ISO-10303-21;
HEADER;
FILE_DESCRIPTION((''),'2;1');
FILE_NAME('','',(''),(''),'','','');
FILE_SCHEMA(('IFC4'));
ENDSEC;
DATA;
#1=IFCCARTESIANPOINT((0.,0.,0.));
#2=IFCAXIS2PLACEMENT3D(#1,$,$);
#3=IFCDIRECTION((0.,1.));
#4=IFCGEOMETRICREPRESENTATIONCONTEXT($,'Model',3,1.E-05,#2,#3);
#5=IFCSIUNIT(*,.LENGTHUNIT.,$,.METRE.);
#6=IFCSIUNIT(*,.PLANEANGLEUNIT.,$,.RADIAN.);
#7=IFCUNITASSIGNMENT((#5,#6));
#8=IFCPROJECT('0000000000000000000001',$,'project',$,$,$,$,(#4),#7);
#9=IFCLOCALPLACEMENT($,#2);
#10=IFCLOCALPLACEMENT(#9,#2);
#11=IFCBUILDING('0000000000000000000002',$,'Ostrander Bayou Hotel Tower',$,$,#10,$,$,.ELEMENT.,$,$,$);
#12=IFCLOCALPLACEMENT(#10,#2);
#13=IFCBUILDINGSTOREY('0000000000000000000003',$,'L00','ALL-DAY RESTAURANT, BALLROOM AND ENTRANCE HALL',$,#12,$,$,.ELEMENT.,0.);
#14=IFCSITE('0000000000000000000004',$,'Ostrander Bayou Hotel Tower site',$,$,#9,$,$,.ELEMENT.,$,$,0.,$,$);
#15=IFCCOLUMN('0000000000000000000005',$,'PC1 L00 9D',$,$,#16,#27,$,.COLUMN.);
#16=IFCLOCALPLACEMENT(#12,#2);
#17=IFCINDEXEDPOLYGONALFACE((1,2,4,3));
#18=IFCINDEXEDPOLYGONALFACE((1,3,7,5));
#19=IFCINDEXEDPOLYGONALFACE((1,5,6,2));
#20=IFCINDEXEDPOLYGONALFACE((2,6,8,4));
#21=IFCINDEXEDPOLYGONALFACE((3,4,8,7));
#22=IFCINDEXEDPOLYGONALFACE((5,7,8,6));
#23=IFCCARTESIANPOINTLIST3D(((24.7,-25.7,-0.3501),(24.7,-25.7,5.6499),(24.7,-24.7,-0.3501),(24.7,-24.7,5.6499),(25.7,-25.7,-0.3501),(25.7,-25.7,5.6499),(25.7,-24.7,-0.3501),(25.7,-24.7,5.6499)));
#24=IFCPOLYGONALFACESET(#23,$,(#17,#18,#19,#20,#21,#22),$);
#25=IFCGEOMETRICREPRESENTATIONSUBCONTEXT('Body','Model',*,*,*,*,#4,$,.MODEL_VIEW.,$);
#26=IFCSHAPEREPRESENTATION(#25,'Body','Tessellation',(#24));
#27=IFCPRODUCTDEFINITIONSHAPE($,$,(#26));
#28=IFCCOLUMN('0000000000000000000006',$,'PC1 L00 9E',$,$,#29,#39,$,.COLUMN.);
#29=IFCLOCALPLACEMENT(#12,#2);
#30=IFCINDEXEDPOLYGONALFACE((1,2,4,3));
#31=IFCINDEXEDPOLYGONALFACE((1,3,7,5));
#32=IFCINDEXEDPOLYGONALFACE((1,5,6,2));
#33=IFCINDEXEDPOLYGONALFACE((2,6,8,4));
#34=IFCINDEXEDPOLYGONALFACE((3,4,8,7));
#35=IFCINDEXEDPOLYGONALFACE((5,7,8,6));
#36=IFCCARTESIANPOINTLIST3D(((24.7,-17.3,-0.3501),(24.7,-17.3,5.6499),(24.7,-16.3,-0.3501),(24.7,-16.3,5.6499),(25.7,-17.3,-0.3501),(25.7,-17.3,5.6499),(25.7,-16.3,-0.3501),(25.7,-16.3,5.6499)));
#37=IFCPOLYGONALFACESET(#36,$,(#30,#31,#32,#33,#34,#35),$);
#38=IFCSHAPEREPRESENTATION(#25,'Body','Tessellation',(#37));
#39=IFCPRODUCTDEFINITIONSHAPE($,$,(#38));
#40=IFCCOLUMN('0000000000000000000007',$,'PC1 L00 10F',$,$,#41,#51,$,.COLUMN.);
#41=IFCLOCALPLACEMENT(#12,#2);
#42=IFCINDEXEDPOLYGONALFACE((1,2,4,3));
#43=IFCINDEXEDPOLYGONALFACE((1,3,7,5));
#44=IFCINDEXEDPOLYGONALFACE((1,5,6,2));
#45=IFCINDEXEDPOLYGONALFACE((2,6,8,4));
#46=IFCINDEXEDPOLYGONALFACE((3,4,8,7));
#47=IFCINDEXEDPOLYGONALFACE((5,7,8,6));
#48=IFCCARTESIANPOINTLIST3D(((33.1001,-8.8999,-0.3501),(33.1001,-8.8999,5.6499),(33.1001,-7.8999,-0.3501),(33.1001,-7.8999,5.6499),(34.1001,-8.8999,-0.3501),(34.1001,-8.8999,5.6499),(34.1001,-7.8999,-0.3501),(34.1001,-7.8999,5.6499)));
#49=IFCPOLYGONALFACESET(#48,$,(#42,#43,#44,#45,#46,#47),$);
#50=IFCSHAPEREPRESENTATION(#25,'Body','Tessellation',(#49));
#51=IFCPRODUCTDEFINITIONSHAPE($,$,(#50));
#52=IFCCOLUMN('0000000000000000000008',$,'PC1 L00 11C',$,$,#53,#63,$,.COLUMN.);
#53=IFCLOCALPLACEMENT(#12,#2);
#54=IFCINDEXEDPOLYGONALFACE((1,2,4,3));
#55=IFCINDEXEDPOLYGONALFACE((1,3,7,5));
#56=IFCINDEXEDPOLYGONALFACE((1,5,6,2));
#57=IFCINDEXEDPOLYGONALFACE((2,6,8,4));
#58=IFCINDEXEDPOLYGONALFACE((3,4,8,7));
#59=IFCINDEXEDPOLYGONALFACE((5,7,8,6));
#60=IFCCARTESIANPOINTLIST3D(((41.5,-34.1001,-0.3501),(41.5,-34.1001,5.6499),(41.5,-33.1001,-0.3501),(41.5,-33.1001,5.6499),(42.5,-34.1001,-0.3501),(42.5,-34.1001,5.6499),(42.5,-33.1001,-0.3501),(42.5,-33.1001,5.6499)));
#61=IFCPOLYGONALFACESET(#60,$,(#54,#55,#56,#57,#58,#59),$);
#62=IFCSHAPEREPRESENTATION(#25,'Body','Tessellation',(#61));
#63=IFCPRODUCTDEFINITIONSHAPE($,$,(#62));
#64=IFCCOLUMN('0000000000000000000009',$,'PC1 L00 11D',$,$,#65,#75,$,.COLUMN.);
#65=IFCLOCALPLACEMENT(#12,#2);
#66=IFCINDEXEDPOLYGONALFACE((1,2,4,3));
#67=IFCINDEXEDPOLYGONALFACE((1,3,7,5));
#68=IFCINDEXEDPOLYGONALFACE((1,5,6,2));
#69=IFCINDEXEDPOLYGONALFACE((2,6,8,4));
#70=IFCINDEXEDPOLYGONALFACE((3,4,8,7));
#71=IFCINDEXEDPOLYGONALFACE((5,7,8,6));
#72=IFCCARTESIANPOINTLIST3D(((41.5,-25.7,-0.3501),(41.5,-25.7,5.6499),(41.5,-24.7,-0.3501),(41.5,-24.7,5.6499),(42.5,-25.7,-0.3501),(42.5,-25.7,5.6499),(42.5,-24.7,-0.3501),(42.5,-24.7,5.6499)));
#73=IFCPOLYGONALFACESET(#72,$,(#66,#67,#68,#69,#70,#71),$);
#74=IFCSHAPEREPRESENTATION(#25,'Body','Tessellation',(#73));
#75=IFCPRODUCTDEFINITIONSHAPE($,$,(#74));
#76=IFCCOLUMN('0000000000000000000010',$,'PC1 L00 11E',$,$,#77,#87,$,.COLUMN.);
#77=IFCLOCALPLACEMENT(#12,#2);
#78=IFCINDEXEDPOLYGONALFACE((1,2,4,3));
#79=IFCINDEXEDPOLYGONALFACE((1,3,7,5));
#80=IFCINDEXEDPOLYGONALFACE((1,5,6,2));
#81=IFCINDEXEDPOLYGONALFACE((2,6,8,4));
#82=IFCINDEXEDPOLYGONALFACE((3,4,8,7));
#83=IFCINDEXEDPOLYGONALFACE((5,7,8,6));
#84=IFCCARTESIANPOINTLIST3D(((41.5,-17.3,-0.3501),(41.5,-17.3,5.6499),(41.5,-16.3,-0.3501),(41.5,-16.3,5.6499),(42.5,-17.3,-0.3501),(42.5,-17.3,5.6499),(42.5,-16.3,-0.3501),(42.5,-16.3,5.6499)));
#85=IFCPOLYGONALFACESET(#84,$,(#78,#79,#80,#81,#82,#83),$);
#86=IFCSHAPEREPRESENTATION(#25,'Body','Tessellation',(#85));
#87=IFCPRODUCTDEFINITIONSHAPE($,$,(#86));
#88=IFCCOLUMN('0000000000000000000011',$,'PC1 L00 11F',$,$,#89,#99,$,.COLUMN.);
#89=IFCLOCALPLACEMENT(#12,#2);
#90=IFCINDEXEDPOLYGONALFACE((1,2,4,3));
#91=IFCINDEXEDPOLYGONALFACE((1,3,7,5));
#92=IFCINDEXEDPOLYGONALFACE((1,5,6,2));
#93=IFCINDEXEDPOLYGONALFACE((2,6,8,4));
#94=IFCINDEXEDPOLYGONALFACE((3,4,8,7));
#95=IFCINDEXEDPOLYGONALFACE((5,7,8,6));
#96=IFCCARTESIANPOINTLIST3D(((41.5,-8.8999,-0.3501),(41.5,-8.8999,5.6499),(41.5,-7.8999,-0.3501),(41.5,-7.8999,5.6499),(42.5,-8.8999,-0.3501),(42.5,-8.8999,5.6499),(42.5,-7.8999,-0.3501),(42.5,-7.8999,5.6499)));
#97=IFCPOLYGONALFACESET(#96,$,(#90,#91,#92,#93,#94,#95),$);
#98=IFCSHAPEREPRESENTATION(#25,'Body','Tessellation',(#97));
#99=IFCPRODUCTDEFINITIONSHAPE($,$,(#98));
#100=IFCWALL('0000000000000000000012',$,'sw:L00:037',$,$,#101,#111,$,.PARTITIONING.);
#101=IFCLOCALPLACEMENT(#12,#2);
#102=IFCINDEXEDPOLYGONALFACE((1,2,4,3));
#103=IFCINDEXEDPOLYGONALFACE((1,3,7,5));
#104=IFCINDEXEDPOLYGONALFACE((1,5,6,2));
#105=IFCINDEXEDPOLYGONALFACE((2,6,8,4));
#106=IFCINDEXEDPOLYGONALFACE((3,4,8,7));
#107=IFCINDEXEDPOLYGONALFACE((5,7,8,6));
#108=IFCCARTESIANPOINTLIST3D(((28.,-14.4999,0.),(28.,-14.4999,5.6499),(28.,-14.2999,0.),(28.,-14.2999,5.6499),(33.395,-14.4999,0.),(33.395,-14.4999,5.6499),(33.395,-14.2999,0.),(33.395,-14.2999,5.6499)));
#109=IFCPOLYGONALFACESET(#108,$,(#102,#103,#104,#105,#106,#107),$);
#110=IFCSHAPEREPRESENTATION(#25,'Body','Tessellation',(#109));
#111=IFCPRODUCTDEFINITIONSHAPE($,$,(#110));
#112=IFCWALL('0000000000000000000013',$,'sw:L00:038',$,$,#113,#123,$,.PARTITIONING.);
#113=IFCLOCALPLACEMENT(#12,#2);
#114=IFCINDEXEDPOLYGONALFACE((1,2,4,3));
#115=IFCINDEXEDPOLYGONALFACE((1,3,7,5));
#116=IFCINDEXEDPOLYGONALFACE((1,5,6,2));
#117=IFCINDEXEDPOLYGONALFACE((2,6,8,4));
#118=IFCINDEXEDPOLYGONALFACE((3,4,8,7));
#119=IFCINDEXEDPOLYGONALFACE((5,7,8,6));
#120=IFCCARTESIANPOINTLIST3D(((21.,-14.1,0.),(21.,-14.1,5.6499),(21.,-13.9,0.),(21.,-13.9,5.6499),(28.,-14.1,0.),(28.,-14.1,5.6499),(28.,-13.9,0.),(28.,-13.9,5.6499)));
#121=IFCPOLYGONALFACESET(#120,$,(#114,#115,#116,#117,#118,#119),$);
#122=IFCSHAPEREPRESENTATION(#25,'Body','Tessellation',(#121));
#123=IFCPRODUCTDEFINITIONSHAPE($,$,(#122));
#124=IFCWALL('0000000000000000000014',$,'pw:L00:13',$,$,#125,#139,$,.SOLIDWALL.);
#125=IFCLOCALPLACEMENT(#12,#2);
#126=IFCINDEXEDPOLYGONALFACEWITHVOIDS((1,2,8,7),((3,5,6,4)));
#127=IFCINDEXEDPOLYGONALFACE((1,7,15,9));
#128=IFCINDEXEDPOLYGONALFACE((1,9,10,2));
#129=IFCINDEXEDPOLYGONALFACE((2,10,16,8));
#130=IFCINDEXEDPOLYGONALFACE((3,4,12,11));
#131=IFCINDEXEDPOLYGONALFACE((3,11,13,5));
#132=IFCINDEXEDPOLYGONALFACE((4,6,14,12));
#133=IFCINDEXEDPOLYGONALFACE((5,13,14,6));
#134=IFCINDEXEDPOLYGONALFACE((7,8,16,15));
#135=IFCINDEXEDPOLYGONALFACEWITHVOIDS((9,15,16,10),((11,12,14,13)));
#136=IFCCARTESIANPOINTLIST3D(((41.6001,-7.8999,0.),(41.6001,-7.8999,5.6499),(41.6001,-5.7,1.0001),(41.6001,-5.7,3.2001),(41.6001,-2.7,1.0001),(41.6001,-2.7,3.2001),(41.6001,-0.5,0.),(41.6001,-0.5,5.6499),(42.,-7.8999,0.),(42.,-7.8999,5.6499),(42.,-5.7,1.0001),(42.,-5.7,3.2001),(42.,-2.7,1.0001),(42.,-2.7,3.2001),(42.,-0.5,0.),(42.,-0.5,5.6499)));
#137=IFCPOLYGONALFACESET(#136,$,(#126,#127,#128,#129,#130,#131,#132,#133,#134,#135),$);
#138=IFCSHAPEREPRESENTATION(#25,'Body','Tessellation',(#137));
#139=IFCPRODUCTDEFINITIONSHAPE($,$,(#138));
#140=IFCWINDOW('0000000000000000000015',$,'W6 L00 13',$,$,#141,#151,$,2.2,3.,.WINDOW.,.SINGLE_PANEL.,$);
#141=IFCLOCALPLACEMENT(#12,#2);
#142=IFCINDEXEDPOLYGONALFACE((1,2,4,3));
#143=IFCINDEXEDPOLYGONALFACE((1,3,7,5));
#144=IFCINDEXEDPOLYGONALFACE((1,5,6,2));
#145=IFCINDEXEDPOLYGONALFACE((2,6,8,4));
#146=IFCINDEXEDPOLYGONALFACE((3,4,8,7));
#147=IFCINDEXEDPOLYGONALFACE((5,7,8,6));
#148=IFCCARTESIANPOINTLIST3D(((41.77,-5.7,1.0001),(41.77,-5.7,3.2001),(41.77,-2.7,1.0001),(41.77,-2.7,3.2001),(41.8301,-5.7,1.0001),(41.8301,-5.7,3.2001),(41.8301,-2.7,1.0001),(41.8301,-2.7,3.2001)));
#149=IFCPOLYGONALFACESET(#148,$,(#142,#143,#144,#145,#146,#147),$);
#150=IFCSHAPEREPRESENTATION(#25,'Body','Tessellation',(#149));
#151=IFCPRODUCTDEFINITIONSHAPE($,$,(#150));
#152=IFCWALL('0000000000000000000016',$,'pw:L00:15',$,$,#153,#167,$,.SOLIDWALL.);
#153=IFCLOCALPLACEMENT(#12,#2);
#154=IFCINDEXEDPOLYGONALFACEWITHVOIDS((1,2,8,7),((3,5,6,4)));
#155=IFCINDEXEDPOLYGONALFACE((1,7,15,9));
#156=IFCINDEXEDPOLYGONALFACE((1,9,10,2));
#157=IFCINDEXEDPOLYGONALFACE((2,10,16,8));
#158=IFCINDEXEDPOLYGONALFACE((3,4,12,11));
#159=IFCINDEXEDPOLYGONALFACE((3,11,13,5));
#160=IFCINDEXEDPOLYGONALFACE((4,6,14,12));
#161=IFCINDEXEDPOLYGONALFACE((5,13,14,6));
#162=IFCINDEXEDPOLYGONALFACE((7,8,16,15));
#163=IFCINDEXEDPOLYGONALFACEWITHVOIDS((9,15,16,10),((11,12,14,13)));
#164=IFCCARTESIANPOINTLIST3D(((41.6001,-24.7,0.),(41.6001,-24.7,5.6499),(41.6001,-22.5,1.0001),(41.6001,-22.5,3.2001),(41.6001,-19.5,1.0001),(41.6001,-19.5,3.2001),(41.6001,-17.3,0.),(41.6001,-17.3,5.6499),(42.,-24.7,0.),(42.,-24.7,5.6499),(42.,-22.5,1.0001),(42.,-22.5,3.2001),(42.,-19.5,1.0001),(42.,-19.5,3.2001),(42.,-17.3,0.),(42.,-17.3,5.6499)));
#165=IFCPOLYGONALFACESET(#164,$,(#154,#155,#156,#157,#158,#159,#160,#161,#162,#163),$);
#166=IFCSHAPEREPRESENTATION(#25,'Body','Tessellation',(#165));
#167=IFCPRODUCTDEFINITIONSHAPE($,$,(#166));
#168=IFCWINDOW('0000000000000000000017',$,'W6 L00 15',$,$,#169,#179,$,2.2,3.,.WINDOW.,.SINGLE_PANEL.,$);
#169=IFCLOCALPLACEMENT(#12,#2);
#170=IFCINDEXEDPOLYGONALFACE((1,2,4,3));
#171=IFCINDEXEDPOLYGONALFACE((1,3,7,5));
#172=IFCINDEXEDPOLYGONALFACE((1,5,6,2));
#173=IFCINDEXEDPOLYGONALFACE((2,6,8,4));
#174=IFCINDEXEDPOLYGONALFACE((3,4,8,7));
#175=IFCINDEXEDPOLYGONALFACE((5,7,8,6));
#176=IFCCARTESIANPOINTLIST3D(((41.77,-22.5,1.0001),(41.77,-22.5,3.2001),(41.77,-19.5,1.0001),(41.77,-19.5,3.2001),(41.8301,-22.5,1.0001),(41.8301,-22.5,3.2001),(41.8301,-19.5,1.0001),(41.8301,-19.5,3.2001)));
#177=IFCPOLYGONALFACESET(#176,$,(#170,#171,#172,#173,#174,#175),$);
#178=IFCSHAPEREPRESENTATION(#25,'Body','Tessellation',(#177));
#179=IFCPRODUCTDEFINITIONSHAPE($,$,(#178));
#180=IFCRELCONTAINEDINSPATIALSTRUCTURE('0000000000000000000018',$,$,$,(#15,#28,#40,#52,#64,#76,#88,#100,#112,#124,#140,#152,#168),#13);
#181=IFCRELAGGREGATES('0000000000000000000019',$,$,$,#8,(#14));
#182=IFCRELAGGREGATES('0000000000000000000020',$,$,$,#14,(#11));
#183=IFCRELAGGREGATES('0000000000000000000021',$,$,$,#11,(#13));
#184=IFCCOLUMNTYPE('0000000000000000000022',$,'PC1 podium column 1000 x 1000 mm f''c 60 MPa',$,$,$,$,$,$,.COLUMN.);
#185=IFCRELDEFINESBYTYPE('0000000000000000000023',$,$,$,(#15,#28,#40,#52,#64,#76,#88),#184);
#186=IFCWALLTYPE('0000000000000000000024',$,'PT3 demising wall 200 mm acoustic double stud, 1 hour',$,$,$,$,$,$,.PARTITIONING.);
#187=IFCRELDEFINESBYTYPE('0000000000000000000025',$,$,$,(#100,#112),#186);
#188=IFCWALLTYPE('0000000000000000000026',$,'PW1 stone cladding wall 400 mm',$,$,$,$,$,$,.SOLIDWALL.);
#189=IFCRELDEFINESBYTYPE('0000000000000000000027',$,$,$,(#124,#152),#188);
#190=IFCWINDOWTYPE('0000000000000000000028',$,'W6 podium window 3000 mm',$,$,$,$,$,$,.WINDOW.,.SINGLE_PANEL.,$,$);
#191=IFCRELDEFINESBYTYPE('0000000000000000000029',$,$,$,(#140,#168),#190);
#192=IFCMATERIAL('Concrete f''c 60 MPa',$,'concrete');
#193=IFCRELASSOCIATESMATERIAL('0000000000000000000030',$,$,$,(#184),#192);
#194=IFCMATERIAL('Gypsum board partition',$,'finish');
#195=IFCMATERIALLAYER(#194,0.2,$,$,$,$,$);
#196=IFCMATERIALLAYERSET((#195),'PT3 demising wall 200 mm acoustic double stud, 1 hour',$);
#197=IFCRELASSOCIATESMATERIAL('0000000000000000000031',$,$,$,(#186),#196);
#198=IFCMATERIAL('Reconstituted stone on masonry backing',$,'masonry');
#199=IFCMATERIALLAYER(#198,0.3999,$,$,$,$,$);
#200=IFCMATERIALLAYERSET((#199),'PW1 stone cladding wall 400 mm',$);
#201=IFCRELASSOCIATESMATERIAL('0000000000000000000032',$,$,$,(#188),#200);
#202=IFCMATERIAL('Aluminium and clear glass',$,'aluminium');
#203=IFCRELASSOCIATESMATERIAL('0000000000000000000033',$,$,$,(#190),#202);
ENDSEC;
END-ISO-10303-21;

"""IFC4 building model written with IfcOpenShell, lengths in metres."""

from ifc_helpers import new_model, si_unit, direction, frame, frame_2d, origin, origin_2d, place, context, subcontext, project, spatial, rectangle, extrude, material, layer, layer_set, material_profile, profile_set, type_object, element, fill, save


model = new_model("IFC4")

# Units and contexts
model_context = context("Model", 3, precision=1e-05, world=origin(), true_north=direction((0.0, 1.0)))
body_context = subcontext(model_context, "Body", "Model", "MODEL_VIEW")
ifc_project = project(units=[si_unit("LENGTHUNIT", "METRE"), si_unit("PLANEANGLEUNIT", "RADIAN")], contexts=[model_context])

# Site, building, storey
site_placement = place(None, origin())
site = spatial("IfcSite", under=ifc_project, at=site_placement, Name="Ostrander Bayou Hotel Tower site", CompositionType="ELEMENT", RefElevation=0.0)
building_placement = place(site_placement, origin())
building = spatial("IfcBuilding", under=site, at=building_placement, Name="Ostrander Bayou Hotel Tower", CompositionType="ELEMENT")
storey_placement = place(building_placement, origin())
storey = spatial("IfcBuildingStorey", under=building, at=storey_placement, Name="L00", Description="ALL-DAY RESTAURANT, BALLROOM AND ENTRANCE HALL", CompositionType="ELEMENT", Elevation=0.0)

# Columns
ifc_material_1 = material(Name="Concrete f'c 60 MPa", Category="concrete")
ifc_material_profile = material_profile(ifc_material_1, rectangle(XDim=1.0, YDim=1.0, at=origin_2d()))
ifc_profile_set = profile_set([ifc_material_profile], Name="Concrete f'c 60 MPa")
column_type = type_object("IfcColumnType", Name="PC1 podium column 1000 x 1000 mm f'c 60 MPa", PredefinedType="COLUMN", material=ifc_profile_set)
for number, where, z_axis, x_axis, name in (
    (1, (25.2, -25.2, -0.3501), (0.0, 0.0, 1.0), (1.0, 0.0, 0.0), "PC1 L00 9D"),
    (2, (25.2, -16.8, -0.3501), (0.0, 0.0, 1.0), (1.0, 0.0, 0.0), "PC1 L00 9E"),
    (3, (33.6001, -8.3999, -0.3501), (0.0, 0.0, 1.0), (1.0, 0.0, 0.0), "PC1 L00 10F"),
    (4, (42.0, -33.6001, -0.3501), (0.0, 0.0, 1.0), (1.0, 0.0, 0.0), "PC1 L00 11C"),
    (5, (42.0, -25.2, -0.3501), (0.0, 0.0, 1.0), (1.0, 0.0, 0.0), "PC1 L00 11D"),
    (6, (42.0, -16.8, -0.3501), (0.0, 0.0, 1.0), (1.0, 0.0, 0.0), "PC1 L00 11E"),
    (7, (42.0, -8.3999, -0.3501), (0.0, 0.0, 1.0), (1.0, 0.0, 0.0), "PC1 L00 11F"),
):
    element("IfcColumn", number, at=place(storey_placement, frame(where, z_axis=z_axis, x_axis=x_axis)), inside=storey, type_object=column_type, Name=name, PredefinedType="COLUMN", context=body_context, shape_type="SweptSolid", body=[
        extrude(rectangle(XDim=1.0, YDim=1.0, at=origin_2d()), origin(), (0.0, 0.0, 1.0), 6.0),
    ])

# Walls
ifc_material_2 = material(Name="Gypsum board partition", Category="finish")
ifc_layer_1 = layer(ifc_material_2, 0.2)
ifc_layer_set_1 = layer_set([ifc_layer_1], Name="PT3 demising wall 200 mm acoustic double stud, 1 hour")
wall_type_1 = type_object("IfcWallType", Name="PT3 demising wall 200 mm acoustic double stud, 1 hour", PredefinedType="PARTITIONING", material=ifc_layer_set_1)
wall_1_placement = place(storey_placement, frame((28.0, -14.3999, 0.0), z_axis=(0.0, 0.0, 1.0), x_axis=(1.0, 0.0, 0.0)))
element("IfcWall", 8, at=wall_1_placement, inside=storey, type_object=wall_type_1, Name="sw:L00:037", PredefinedType="PARTITIONING", context=body_context, shape_type="SweptSolid", body=[
    extrude(rectangle(XDim=5.395, YDim=0.2, at=frame_2d((2.6975, 0.0))), origin(), (0.0, 0.0, 1.0), 5.6499),
])
wall_2_placement = place(storey_placement, frame((21.0, -14.0, 0.0), z_axis=(0.0, 0.0, 1.0), x_axis=(1.0, 0.0, 0.0)))
element("IfcWall", 9, at=wall_2_placement, inside=storey, type_object=wall_type_1, Name="sw:L00:038", PredefinedType="PARTITIONING", context=body_context, shape_type="SweptSolid", body=[
    extrude(rectangle(XDim=7.0, YDim=0.2, at=frame_2d((3.5, 0.0))), origin(), (0.0, 0.0, 1.0), 5.6499),
])

# Wall, opening, window
ifc_material_3 = material(Name="Reconstituted stone on masonry backing", Category="masonry")
ifc_layer_2 = layer(ifc_material_3, 0.3999)
ifc_layer_set_2 = layer_set([ifc_layer_2], Name="PW1 stone cladding wall 400 mm")
wall_type_2 = type_object("IfcWallType", Name="PW1 stone cladding wall 400 mm", PredefinedType="SOLIDWALL", material=ifc_layer_set_2)
wall_3_placement = place(storey_placement, frame((41.8, -0.5, 0.0), z_axis=(0.0, 0.0, 1.0), x_axis=(0.0, -1.0, 0.0)))
wall_3 = element("IfcWall", 10, at=wall_3_placement, inside=storey, type_object=wall_type_2, Name="pw:L00:13", PredefinedType="SOLIDWALL", context=body_context, shape_type="SweptSolid", body=[
    extrude(rectangle(XDim=7.3999, YDim=0.3999, at=frame_2d((3.7, 0.0))), origin(), (0.0, 0.0, 1.0), 5.6499),
])
opening_1_placement = place(wall_3_placement, frame((2.2, 0.0, 1.0)))
opening_1 = element("IfcOpeningElement", 11, at=opening_1_placement, cuts=wall_3, PredefinedType="OPENING", context=body_context, shape_type="SweptSolid", body=[
    extrude(rectangle(XDim=3.0, YDim=2.2, at=frame_2d((1.5, 1.1001))), frame((0.0, 0.2, 0.0), z_axis=(0.0, -1.0, 0.0), x_axis=(1.0, 0.0, 0.0)), (0.0, 0.0, 1.0), 0.3999),
])
ifc_material_4 = material(Name="Aluminium and clear glass", Category="aluminium")
window_type = type_object("IfcWindowType", Name="W6 podium window 3000 mm", PartitioningType="SINGLE_PANEL", PredefinedType="WINDOW", material=ifc_material_4)
window_1_placement = place(opening_1_placement, origin())
window_1 = element("IfcWindow", 12, at=window_1_placement, inside=storey, type_object=window_type, Name="W6 L00 13", OverallHeight=2.2, OverallWidth=3.0, PartitioningType="SINGLE_PANEL", PredefinedType="WINDOW", context=body_context, shape_type="SweptSolid", body=[
    extrude(rectangle(XDim=3.0, YDim=2.2, at=frame_2d((1.5, 1.1001))), frame((0.0, 0.03, 0.0), z_axis=(0.0, -1.0, 0.0), x_axis=(1.0, 0.0, 0.0)), (0.0, 0.0, 1.0), 0.0601),
])
fill(opening_1, window_1)

# Wall, opening, window
wall_4_placement = place(storey_placement, frame((41.8, -17.3, 0.0), z_axis=(0.0, 0.0, 1.0), x_axis=(0.0, -1.0, 0.0)))
wall_4 = element("IfcWall", 13, at=wall_4_placement, inside=storey, type_object=wall_type_2, Name="pw:L00:15", PredefinedType="SOLIDWALL", context=body_context, shape_type="SweptSolid", body=[
    extrude(rectangle(XDim=7.3999, YDim=0.3999, at=frame_2d((3.7, 0.0))), origin(), (0.0, 0.0, 1.0), 5.6499),
])
opening_2_placement = place(wall_4_placement, frame((2.2, 0.0, 1.0)))
opening_2 = element("IfcOpeningElement", 14, at=opening_2_placement, cuts=wall_4, PredefinedType="OPENING", context=body_context, shape_type="SweptSolid", body=[
    extrude(rectangle(XDim=3.0, YDim=2.2, at=frame_2d((1.5, 1.1001))), frame((0.0, 0.2, 0.0), z_axis=(0.0, -1.0, 0.0), x_axis=(1.0, 0.0, 0.0)), (0.0, 0.0, 1.0), 0.3999),
])
window_2_placement = place(opening_2_placement, origin())
window_2 = element("IfcWindow", 15, at=window_2_placement, inside=storey, type_object=window_type, Name="W6 L00 15", OverallHeight=2.2, OverallWidth=3.0, PartitioningType="SINGLE_PANEL", PredefinedType="WINDOW", context=body_context, shape_type="SweptSolid", body=[
    extrude(rectangle(XDim=3.0, YDim=2.2, at=frame_2d((1.5, 1.1001))), frame((0.0, 0.03, 0.0), z_axis=(0.0, -1.0, 0.0), x_axis=(1.0, 0.0, 0.0)), (0.0, 0.0, 1.0), 0.0601),
])
fill(opening_2, window_2)

save(model, "model.ifc")
